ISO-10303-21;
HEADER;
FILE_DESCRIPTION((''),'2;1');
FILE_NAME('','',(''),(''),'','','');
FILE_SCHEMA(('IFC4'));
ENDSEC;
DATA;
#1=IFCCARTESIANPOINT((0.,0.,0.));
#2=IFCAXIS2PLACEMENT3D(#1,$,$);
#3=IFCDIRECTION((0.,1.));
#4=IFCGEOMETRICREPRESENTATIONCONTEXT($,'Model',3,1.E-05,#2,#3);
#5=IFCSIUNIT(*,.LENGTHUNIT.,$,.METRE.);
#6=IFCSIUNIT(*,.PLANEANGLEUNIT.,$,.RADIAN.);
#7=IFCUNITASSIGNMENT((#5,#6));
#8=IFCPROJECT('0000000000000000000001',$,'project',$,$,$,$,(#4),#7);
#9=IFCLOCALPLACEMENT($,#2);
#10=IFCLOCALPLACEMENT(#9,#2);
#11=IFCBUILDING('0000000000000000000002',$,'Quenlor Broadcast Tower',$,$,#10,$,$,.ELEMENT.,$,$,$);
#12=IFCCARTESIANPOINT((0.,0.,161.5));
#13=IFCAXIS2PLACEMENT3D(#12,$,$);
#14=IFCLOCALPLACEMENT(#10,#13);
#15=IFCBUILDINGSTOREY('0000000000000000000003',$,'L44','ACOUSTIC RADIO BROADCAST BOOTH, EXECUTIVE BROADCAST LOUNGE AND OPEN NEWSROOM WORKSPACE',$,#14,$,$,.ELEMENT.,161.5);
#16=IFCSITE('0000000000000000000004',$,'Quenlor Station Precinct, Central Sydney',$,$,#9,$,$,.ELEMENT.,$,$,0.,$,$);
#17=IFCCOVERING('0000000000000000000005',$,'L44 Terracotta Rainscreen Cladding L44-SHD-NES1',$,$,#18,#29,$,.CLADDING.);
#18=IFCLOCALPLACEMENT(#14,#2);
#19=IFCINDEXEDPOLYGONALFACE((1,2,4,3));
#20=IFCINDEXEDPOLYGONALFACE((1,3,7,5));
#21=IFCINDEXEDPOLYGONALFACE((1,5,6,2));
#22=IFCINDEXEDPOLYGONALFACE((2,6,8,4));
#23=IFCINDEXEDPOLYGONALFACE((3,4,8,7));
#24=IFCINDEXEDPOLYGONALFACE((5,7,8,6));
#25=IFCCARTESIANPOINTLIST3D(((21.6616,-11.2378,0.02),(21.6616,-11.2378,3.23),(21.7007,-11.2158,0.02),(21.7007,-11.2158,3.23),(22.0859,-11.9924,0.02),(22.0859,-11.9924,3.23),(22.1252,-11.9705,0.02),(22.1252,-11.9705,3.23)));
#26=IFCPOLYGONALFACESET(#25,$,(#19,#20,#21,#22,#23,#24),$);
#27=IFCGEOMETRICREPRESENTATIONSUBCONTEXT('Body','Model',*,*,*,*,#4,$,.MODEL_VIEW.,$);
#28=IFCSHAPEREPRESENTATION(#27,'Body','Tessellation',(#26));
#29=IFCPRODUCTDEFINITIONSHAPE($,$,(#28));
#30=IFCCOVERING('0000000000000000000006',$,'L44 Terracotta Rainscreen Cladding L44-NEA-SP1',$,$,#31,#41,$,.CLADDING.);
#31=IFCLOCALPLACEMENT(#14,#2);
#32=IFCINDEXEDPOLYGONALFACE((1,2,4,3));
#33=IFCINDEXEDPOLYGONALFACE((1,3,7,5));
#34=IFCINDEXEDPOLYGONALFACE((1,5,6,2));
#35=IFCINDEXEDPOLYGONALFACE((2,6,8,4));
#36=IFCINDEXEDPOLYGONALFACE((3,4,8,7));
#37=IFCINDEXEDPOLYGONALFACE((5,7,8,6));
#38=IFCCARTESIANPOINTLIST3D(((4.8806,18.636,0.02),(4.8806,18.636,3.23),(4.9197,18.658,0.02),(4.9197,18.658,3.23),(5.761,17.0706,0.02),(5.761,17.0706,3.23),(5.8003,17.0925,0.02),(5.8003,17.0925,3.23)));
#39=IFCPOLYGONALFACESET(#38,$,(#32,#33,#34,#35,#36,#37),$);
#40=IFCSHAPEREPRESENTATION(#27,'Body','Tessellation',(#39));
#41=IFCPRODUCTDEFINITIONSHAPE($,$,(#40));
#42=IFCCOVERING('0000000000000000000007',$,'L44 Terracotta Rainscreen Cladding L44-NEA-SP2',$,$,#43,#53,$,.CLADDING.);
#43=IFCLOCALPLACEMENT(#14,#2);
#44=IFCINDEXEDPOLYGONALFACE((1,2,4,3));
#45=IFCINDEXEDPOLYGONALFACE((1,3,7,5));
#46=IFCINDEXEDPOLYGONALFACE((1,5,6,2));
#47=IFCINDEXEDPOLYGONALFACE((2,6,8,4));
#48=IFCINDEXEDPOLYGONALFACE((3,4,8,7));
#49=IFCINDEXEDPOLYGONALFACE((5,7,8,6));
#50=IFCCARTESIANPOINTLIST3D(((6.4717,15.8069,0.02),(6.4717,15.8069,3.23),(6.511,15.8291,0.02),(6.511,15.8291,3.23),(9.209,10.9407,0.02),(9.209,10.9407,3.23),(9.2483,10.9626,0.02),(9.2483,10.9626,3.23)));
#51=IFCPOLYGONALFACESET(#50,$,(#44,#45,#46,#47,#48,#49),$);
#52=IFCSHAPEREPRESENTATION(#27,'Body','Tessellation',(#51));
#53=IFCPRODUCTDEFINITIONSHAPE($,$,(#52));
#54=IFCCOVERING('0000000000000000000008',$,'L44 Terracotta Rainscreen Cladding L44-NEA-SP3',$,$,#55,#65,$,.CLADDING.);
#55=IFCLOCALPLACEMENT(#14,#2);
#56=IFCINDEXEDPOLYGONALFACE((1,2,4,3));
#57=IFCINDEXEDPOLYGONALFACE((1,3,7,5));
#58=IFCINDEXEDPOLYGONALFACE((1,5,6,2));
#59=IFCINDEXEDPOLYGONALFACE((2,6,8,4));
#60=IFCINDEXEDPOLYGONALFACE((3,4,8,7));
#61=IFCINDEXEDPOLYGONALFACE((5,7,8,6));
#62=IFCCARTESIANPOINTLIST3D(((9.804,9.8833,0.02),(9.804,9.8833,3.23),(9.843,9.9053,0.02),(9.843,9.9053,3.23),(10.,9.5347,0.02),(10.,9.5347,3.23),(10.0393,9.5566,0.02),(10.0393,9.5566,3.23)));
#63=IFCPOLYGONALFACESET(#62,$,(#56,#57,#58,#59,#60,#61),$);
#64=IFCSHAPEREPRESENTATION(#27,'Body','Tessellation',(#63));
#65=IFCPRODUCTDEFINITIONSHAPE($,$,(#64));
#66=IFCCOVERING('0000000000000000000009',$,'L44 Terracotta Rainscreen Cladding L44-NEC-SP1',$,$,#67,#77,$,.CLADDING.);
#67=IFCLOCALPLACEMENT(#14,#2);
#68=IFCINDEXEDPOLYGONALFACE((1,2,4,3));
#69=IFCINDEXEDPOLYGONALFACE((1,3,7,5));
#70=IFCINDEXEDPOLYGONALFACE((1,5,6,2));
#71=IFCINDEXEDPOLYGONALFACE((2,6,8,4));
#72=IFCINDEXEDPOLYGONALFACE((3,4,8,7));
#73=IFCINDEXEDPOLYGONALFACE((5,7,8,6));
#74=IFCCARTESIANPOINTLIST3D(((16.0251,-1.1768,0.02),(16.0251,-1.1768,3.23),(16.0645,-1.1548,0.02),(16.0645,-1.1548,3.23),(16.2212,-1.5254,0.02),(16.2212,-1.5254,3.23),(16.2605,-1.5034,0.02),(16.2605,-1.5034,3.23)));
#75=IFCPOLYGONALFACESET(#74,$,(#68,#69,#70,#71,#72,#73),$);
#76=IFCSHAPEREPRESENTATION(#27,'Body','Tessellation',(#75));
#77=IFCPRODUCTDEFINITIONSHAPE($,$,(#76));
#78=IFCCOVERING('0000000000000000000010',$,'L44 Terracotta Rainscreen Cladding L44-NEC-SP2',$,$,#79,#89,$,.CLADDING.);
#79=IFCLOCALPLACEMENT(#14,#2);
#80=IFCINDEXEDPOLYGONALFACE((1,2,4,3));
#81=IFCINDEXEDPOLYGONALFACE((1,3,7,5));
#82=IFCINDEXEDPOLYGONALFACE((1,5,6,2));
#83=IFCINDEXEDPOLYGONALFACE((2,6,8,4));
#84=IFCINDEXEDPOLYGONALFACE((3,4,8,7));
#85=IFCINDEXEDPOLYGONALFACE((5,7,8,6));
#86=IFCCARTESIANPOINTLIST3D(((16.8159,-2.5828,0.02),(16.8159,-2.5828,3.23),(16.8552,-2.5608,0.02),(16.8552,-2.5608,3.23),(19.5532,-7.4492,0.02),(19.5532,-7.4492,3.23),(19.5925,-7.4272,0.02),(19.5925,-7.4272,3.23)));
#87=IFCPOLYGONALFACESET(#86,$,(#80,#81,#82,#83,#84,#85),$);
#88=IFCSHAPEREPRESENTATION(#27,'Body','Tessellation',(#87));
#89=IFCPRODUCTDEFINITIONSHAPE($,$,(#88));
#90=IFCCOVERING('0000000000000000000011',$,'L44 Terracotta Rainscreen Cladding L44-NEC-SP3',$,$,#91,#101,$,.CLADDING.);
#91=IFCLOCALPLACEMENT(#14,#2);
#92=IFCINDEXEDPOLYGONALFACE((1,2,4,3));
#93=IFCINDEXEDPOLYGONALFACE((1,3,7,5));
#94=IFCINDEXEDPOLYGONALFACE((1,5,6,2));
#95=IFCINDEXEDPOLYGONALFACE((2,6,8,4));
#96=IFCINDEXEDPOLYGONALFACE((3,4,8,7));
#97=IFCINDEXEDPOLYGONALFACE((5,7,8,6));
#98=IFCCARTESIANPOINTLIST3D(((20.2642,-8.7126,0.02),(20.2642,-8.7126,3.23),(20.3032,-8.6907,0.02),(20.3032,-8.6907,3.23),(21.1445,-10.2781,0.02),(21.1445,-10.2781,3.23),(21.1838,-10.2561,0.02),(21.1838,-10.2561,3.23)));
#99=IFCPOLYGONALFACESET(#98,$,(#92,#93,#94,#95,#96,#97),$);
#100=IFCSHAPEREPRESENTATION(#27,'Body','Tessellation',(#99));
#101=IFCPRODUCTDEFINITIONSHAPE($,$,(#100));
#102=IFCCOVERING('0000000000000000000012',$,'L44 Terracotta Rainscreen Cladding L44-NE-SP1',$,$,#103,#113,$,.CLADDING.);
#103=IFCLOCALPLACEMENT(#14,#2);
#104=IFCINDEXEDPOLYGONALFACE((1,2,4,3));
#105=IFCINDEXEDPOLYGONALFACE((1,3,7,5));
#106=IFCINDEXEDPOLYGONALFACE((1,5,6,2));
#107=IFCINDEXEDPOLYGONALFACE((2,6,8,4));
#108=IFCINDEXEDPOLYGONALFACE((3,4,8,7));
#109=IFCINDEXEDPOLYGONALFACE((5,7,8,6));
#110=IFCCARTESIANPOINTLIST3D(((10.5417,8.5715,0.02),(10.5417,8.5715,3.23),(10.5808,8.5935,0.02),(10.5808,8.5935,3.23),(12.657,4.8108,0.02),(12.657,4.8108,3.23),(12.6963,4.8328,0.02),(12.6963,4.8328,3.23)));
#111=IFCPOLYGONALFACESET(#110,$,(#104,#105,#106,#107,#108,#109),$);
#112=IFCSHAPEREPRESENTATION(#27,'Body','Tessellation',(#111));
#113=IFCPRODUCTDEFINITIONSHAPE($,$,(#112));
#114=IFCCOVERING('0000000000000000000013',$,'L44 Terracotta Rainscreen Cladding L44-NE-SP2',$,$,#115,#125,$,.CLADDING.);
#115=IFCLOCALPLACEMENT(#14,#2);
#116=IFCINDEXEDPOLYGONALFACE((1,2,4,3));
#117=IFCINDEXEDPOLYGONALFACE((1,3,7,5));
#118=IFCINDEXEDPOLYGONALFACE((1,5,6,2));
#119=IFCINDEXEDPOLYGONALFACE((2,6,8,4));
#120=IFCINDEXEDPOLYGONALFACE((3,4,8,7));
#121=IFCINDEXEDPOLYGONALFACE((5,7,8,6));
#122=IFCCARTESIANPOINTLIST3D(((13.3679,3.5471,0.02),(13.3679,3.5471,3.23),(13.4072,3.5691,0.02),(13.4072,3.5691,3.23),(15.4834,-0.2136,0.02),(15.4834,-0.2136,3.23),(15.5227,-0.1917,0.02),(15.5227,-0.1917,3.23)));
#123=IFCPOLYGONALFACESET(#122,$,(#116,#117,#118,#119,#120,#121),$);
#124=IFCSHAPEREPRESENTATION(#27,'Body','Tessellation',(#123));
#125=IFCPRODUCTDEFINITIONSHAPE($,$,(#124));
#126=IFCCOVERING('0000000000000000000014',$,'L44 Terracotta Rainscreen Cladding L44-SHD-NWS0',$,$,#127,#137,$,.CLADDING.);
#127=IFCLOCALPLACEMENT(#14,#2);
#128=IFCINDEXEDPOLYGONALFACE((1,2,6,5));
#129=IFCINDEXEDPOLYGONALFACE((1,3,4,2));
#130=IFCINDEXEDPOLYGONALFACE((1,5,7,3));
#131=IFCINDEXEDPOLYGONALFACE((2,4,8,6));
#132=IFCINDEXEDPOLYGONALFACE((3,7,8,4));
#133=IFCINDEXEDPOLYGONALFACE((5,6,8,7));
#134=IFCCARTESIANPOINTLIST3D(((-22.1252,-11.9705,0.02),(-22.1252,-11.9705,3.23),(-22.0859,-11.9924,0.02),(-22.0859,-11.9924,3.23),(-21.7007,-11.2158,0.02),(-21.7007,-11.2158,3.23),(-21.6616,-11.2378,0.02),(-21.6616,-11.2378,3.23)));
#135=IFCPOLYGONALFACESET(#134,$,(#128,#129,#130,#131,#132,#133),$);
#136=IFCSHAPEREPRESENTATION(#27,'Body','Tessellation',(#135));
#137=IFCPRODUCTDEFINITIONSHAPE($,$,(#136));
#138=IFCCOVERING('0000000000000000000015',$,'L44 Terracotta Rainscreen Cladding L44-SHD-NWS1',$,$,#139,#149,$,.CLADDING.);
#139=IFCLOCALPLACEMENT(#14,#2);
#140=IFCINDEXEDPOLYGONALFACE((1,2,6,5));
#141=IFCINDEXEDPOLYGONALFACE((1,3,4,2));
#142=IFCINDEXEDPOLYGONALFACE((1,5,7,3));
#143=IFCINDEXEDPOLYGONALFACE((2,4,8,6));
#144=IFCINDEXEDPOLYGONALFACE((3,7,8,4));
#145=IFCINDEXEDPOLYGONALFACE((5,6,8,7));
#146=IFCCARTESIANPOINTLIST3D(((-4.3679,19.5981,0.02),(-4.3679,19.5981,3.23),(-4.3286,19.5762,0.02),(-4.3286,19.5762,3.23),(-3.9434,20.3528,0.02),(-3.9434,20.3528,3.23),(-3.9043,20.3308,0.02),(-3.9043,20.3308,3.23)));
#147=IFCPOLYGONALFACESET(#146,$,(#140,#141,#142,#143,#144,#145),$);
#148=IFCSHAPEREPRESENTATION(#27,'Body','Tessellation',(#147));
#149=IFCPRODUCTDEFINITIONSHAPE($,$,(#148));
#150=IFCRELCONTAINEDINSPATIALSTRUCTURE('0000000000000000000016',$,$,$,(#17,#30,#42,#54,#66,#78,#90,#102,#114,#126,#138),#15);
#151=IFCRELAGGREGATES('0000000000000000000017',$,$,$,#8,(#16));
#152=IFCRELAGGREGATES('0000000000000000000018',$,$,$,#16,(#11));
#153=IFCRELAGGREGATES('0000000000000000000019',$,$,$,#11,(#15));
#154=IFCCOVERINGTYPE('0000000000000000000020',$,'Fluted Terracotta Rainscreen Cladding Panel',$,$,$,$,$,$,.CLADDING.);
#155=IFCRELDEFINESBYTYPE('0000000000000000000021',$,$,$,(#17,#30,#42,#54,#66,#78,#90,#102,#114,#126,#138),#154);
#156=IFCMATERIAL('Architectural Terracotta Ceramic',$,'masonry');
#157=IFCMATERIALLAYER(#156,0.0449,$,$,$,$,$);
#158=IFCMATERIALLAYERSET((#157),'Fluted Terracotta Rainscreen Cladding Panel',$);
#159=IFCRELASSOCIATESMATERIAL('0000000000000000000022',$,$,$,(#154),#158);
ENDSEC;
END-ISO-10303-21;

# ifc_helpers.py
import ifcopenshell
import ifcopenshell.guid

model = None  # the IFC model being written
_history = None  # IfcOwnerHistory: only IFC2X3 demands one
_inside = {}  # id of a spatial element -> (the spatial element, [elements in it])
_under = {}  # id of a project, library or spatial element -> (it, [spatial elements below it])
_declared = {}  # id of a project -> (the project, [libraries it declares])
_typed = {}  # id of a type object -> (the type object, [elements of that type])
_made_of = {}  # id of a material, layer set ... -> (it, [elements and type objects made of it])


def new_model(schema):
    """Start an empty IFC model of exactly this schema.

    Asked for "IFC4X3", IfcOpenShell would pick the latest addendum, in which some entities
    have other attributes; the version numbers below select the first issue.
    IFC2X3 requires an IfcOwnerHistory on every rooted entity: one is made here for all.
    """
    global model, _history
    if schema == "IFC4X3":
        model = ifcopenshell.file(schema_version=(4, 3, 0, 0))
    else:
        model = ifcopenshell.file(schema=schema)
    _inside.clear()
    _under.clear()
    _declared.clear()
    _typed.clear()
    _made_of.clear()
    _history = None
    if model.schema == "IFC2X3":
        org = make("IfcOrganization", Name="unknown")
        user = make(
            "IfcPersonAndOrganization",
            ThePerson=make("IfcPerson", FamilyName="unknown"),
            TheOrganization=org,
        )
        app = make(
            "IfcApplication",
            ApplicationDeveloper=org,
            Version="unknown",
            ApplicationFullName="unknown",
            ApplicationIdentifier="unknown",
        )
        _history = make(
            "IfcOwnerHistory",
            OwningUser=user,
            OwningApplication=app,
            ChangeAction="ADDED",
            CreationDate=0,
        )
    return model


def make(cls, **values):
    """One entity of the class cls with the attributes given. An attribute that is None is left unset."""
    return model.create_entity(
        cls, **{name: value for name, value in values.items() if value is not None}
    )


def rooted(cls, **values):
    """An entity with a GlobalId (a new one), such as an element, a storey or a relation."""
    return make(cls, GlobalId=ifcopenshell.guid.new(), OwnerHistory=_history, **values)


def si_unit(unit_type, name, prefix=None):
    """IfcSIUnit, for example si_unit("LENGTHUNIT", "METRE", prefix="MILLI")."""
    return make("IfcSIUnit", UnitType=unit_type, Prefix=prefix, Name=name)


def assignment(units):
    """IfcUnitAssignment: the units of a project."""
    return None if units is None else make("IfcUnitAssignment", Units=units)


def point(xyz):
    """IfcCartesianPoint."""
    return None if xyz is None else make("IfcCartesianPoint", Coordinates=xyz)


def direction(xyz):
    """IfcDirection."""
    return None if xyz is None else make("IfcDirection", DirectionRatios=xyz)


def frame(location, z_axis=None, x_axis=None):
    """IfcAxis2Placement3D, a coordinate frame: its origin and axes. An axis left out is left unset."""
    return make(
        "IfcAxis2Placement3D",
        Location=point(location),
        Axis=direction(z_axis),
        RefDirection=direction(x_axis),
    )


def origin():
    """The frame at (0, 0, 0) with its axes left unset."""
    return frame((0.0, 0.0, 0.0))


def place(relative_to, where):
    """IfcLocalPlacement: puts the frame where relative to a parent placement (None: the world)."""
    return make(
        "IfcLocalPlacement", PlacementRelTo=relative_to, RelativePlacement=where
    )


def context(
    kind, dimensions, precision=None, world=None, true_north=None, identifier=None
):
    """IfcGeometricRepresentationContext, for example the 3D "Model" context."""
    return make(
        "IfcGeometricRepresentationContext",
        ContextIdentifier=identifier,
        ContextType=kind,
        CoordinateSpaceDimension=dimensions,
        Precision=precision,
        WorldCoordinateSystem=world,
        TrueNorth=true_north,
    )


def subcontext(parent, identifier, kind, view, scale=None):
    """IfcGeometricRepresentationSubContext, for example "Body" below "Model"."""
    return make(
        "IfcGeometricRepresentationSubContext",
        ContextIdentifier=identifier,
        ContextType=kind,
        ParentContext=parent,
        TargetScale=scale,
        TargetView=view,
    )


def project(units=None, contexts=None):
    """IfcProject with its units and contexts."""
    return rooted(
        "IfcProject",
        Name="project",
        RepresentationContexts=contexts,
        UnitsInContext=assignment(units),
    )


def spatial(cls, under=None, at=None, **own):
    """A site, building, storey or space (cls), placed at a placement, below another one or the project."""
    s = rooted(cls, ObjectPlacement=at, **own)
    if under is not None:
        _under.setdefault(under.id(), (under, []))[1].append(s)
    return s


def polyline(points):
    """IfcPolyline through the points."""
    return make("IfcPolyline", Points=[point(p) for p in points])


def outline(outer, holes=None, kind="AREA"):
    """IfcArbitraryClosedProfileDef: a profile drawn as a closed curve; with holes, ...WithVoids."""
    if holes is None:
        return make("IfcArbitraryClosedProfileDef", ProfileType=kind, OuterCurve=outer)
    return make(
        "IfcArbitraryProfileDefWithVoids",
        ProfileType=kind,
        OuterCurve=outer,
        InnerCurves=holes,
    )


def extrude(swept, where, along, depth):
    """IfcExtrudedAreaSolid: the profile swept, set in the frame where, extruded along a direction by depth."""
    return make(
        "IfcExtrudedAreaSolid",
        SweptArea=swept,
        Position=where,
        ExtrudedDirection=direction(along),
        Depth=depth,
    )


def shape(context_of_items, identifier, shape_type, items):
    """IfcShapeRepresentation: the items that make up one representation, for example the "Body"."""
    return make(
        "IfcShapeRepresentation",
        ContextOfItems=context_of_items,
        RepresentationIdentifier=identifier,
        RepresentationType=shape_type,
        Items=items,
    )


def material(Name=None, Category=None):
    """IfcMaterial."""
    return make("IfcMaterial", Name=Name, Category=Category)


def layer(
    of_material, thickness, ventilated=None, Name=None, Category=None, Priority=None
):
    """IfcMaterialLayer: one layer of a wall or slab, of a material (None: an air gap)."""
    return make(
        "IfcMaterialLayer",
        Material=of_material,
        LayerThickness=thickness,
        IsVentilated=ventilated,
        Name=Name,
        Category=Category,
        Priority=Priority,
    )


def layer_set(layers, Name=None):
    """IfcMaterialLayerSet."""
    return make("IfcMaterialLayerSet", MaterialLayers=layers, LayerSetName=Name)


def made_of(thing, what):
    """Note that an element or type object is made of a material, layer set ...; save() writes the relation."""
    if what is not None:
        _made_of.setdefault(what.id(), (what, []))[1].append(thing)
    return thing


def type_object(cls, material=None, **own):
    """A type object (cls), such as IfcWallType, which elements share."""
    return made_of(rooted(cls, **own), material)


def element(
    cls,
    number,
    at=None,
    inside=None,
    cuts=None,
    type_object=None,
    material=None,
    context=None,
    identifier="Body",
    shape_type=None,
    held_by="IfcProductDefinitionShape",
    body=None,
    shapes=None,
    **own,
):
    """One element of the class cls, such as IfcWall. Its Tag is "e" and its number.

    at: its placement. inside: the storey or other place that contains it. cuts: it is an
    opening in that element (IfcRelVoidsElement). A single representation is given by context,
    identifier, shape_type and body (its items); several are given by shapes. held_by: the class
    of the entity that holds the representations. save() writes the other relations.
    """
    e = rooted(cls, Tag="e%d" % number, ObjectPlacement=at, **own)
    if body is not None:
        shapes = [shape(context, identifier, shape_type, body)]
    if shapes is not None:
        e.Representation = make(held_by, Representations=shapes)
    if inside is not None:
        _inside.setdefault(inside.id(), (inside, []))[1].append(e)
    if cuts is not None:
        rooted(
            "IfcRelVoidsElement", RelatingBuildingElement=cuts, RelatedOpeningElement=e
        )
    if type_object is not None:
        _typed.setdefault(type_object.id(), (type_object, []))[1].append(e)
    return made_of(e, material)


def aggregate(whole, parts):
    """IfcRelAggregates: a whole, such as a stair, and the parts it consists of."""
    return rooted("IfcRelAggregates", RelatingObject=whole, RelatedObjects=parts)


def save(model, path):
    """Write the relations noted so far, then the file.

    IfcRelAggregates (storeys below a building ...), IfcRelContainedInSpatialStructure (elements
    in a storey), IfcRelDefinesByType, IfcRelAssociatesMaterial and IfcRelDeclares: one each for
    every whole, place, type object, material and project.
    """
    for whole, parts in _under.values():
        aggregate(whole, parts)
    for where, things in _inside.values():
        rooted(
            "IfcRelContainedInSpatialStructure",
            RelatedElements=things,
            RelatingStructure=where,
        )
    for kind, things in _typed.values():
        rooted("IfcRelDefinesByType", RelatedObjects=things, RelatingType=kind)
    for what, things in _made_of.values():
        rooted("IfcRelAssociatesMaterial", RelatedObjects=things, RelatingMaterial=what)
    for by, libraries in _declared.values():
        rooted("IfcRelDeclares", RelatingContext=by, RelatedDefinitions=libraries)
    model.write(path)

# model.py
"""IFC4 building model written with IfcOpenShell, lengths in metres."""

from ifc_helpers import new_model, si_unit, direction, frame, origin, place, context, subcontext, project, spatial, polyline, outline, extrude, material, layer, layer_set, type_object, element, save


model = new_model("IFC4")

# Units and contexts
model_context = context("Model", 3, precision=1e-05, world=origin(), true_north=direction((0.0, 1.0)))
body_context = subcontext(model_context, "Body", "Model", "MODEL_VIEW")
ifc_project = project(units=[si_unit("LENGTHUNIT", "METRE"), si_unit("PLANEANGLEUNIT", "RADIAN")], contexts=[model_context])

# Site, building, storey
site_placement = place(None, origin())
site = spatial("IfcSite", under=ifc_project, at=site_placement, Name="Quenlor Station Precinct, Central Sydney", CompositionType="ELEMENT", RefElevation=0.0)
building_placement = place(site_placement, origin())
building = spatial("IfcBuilding", under=site, at=building_placement, Name="Quenlor Broadcast Tower", CompositionType="ELEMENT")
storey_placement = place(building_placement, frame((0.0, 0.0, 161.5)))
storey = spatial("IfcBuildingStorey", under=building, at=storey_placement, Name="L44", Description="ACOUSTIC RADIO BROADCAST BOOTH, EXECUTIVE BROADCAST LOUNGE AND OPEN NEWSROOM WORKSPACE", CompositionType="ELEMENT", Elevation=161.5)

# Coverings
ifc_material_1 = material(Name="Architectural Terracotta Ceramic", Category="masonry")
ifc_layer_1 = layer(ifc_material_1, 0.0449)
ifc_layer_set_1 = layer_set([ifc_layer_1], Name="Fluted Terracotta Rainscreen Cladding Panel")
covering_type = type_object("IfcCoveringType", Name="Fluted Terracotta Rainscreen Cladding Panel", PredefinedType="CLADDING", material=ifc_layer_set_1)
covering_1_placement = place(storey_placement, frame((0.0, 0.0, 0.02)))
element("IfcCovering", 1, at=covering_1_placement, inside=storey, type_object=covering_type, Name="L44 Terracotta Rainscreen Cladding L44-SHD-NES1", PredefinedType="CLADDING", context=body_context, shape_type="SweptSolid", body=[
    extrude(outline(polyline([(21.6616, -11.2378), (22.0859, -11.9924), (22.1252, -11.9705), (21.7007, -11.2158), (21.6616, -11.2378)])), origin(), (0.0, 0.0, 1.0), 3.21),
])
covering_2_placement = place(storey_placement, frame((0.0, 0.0, 0.02)))
element("IfcCovering", 2, at=covering_2_placement, inside=storey, type_object=covering_type, Name="L44 Terracotta Rainscreen Cladding L44-NEA-SP1", PredefinedType="CLADDING", context=body_context, shape_type="SweptSolid", body=[
    extrude(outline(polyline([(4.8806, 18.636), (5.761, 17.0706), (5.8003, 17.0925), (4.9197, 18.658), (4.8806, 18.636)])), origin(), (0.0, 0.0, 1.0), 3.21),
])
covering_3_placement = place(storey_placement, frame((0.0, 0.0, 0.02)))
element("IfcCovering", 3, at=covering_3_placement, inside=storey, type_object=covering_type, Name="L44 Terracotta Rainscreen Cladding L44-NEA-SP2", PredefinedType="CLADDING", context=body_context, shape_type="SweptSolid", body=[
    extrude(outline(polyline([(6.4717, 15.8069), (9.209, 10.9407), (9.2483, 10.9626), (6.511, 15.8291), (6.4717, 15.8069)])), origin(), (0.0, 0.0, 1.0), 3.21),
])
covering_4_placement = place(storey_placement, frame((0.0, 0.0, 0.02)))
element("IfcCovering", 4, at=covering_4_placement, inside=storey, type_object=covering_type, Name="L44 Terracotta Rainscreen Cladding L44-NEA-SP3", PredefinedType="CLADDING", context=body_context, shape_type="SweptSolid", body=[
    extrude(outline(polyline([(9.804, 9.8833), (10.0, 9.5347), (10.0393, 9.5566), (9.843, 9.9053), (9.804, 9.8833)])), origin(), (0.0, 0.0, 1.0), 3.21),
])
covering_5_placement = place(storey_placement, frame((0.0, 0.0, 0.02)))
element("IfcCovering", 5, at=covering_5_placement, inside=storey, type_object=covering_type, Name="L44 Terracotta Rainscreen Cladding L44-NEC-SP1", PredefinedType="CLADDING", context=body_context, shape_type="SweptSolid", body=[
    extrude(outline(polyline([(16.0251, -1.1768), (16.2212, -1.5254), (16.2605, -1.5034), (16.0645, -1.1548), (16.0251, -1.1768)])), origin(), (0.0, 0.0, 1.0), 3.21),
])
covering_6_placement = place(storey_placement, frame((0.0, 0.0, 0.02)))
element("IfcCovering", 6, at=covering_6_placement, inside=storey, type_object=covering_type, Name="L44 Terracotta Rainscreen Cladding L44-NEC-SP2", PredefinedType="CLADDING", context=body_context, shape_type="SweptSolid", body=[
    extrude(outline(polyline([(16.8159, -2.5828), (19.5532, -7.4492), (19.5925, -7.4272), (16.8552, -2.5608), (16.8159, -2.5828)])), origin(), (0.0, 0.0, 1.0), 3.21),
])
covering_7_placement = place(storey_placement, frame((0.0, 0.0, 0.02)))
element("IfcCovering", 7, at=covering_7_placement, inside=storey, type_object=covering_type, Name="L44 Terracotta Rainscreen Cladding L44-NEC-SP3", PredefinedType="CLADDING", context=body_context, shape_type="SweptSolid", body=[
    extrude(outline(polyline([(20.2642, -8.7126), (21.1445, -10.2781), (21.1838, -10.2561), (20.3032, -8.6907), (20.2642, -8.7126)])), origin(), (0.0, 0.0, 1.0), 3.21),
])
covering_8_placement = place(storey_placement, frame((0.0, 0.0, 0.02)))
element("IfcCovering", 8, at=covering_8_placement, inside=storey, type_object=covering_type, Name="L44 Terracotta Rainscreen Cladding L44-NE-SP1", PredefinedType="CLADDING", context=body_context, shape_type="SweptSolid", body=[
    extrude(outline(polyline([(10.5417, 8.5715), (12.657, 4.8108), (12.6963, 4.8328), (10.5808, 8.5935), (10.5417, 8.5715)])), origin(), (0.0, 0.0, 1.0), 3.21),
])
covering_9_placement = place(storey_placement, frame((0.0, 0.0, 0.02)))
element("IfcCovering", 9, at=covering_9_placement, inside=storey, type_object=covering_type, Name="L44 Terracotta Rainscreen Cladding L44-NE-SP2", PredefinedType="CLADDING", context=body_context, shape_type="SweptSolid", body=[
    extrude(outline(polyline([(13.3679, 3.5471), (15.4834, -0.2136), (15.5227, -0.1917), (13.4072, 3.5691), (13.3679, 3.5471)])), origin(), (0.0, 0.0, 1.0), 3.21),
])
covering_10_placement = place(storey_placement, frame((0.0, 0.0, 0.02)))
element("IfcCovering", 10, at=covering_10_placement, inside=storey, type_object=covering_type, Name="L44 Terracotta Rainscreen Cladding L44-SHD-NWS0", PredefinedType="CLADDING", context=body_context, shape_type="SweptSolid", body=[
    extrude(outline(polyline([(-22.0859, -11.9924), (-21.6616, -11.2378), (-21.7007, -11.2158), (-22.1252, -11.9705), (-22.0859, -11.9924)])), origin(), (0.0, 0.0, 1.0), 3.21),
])
covering_11_placement = place(storey_placement, frame((0.0, 0.0, 0.02)))
element("IfcCovering", 11, at=covering_11_placement, inside=storey, type_object=covering_type, Name="L44 Terracotta Rainscreen Cladding L44-SHD-NWS1", PredefinedType="CLADDING", context=body_context, shape_type="SweptSolid", body=[
    extrude(outline(polyline([(-4.3286, 19.5762), (-3.9043, 20.3308), (-3.9434, 20.3528), (-4.3679, 19.5981), (-4.3286, 19.5762)])), origin(), (0.0, 0.0, 1.0), 3.21),
])

save(model, "model.ifc")
